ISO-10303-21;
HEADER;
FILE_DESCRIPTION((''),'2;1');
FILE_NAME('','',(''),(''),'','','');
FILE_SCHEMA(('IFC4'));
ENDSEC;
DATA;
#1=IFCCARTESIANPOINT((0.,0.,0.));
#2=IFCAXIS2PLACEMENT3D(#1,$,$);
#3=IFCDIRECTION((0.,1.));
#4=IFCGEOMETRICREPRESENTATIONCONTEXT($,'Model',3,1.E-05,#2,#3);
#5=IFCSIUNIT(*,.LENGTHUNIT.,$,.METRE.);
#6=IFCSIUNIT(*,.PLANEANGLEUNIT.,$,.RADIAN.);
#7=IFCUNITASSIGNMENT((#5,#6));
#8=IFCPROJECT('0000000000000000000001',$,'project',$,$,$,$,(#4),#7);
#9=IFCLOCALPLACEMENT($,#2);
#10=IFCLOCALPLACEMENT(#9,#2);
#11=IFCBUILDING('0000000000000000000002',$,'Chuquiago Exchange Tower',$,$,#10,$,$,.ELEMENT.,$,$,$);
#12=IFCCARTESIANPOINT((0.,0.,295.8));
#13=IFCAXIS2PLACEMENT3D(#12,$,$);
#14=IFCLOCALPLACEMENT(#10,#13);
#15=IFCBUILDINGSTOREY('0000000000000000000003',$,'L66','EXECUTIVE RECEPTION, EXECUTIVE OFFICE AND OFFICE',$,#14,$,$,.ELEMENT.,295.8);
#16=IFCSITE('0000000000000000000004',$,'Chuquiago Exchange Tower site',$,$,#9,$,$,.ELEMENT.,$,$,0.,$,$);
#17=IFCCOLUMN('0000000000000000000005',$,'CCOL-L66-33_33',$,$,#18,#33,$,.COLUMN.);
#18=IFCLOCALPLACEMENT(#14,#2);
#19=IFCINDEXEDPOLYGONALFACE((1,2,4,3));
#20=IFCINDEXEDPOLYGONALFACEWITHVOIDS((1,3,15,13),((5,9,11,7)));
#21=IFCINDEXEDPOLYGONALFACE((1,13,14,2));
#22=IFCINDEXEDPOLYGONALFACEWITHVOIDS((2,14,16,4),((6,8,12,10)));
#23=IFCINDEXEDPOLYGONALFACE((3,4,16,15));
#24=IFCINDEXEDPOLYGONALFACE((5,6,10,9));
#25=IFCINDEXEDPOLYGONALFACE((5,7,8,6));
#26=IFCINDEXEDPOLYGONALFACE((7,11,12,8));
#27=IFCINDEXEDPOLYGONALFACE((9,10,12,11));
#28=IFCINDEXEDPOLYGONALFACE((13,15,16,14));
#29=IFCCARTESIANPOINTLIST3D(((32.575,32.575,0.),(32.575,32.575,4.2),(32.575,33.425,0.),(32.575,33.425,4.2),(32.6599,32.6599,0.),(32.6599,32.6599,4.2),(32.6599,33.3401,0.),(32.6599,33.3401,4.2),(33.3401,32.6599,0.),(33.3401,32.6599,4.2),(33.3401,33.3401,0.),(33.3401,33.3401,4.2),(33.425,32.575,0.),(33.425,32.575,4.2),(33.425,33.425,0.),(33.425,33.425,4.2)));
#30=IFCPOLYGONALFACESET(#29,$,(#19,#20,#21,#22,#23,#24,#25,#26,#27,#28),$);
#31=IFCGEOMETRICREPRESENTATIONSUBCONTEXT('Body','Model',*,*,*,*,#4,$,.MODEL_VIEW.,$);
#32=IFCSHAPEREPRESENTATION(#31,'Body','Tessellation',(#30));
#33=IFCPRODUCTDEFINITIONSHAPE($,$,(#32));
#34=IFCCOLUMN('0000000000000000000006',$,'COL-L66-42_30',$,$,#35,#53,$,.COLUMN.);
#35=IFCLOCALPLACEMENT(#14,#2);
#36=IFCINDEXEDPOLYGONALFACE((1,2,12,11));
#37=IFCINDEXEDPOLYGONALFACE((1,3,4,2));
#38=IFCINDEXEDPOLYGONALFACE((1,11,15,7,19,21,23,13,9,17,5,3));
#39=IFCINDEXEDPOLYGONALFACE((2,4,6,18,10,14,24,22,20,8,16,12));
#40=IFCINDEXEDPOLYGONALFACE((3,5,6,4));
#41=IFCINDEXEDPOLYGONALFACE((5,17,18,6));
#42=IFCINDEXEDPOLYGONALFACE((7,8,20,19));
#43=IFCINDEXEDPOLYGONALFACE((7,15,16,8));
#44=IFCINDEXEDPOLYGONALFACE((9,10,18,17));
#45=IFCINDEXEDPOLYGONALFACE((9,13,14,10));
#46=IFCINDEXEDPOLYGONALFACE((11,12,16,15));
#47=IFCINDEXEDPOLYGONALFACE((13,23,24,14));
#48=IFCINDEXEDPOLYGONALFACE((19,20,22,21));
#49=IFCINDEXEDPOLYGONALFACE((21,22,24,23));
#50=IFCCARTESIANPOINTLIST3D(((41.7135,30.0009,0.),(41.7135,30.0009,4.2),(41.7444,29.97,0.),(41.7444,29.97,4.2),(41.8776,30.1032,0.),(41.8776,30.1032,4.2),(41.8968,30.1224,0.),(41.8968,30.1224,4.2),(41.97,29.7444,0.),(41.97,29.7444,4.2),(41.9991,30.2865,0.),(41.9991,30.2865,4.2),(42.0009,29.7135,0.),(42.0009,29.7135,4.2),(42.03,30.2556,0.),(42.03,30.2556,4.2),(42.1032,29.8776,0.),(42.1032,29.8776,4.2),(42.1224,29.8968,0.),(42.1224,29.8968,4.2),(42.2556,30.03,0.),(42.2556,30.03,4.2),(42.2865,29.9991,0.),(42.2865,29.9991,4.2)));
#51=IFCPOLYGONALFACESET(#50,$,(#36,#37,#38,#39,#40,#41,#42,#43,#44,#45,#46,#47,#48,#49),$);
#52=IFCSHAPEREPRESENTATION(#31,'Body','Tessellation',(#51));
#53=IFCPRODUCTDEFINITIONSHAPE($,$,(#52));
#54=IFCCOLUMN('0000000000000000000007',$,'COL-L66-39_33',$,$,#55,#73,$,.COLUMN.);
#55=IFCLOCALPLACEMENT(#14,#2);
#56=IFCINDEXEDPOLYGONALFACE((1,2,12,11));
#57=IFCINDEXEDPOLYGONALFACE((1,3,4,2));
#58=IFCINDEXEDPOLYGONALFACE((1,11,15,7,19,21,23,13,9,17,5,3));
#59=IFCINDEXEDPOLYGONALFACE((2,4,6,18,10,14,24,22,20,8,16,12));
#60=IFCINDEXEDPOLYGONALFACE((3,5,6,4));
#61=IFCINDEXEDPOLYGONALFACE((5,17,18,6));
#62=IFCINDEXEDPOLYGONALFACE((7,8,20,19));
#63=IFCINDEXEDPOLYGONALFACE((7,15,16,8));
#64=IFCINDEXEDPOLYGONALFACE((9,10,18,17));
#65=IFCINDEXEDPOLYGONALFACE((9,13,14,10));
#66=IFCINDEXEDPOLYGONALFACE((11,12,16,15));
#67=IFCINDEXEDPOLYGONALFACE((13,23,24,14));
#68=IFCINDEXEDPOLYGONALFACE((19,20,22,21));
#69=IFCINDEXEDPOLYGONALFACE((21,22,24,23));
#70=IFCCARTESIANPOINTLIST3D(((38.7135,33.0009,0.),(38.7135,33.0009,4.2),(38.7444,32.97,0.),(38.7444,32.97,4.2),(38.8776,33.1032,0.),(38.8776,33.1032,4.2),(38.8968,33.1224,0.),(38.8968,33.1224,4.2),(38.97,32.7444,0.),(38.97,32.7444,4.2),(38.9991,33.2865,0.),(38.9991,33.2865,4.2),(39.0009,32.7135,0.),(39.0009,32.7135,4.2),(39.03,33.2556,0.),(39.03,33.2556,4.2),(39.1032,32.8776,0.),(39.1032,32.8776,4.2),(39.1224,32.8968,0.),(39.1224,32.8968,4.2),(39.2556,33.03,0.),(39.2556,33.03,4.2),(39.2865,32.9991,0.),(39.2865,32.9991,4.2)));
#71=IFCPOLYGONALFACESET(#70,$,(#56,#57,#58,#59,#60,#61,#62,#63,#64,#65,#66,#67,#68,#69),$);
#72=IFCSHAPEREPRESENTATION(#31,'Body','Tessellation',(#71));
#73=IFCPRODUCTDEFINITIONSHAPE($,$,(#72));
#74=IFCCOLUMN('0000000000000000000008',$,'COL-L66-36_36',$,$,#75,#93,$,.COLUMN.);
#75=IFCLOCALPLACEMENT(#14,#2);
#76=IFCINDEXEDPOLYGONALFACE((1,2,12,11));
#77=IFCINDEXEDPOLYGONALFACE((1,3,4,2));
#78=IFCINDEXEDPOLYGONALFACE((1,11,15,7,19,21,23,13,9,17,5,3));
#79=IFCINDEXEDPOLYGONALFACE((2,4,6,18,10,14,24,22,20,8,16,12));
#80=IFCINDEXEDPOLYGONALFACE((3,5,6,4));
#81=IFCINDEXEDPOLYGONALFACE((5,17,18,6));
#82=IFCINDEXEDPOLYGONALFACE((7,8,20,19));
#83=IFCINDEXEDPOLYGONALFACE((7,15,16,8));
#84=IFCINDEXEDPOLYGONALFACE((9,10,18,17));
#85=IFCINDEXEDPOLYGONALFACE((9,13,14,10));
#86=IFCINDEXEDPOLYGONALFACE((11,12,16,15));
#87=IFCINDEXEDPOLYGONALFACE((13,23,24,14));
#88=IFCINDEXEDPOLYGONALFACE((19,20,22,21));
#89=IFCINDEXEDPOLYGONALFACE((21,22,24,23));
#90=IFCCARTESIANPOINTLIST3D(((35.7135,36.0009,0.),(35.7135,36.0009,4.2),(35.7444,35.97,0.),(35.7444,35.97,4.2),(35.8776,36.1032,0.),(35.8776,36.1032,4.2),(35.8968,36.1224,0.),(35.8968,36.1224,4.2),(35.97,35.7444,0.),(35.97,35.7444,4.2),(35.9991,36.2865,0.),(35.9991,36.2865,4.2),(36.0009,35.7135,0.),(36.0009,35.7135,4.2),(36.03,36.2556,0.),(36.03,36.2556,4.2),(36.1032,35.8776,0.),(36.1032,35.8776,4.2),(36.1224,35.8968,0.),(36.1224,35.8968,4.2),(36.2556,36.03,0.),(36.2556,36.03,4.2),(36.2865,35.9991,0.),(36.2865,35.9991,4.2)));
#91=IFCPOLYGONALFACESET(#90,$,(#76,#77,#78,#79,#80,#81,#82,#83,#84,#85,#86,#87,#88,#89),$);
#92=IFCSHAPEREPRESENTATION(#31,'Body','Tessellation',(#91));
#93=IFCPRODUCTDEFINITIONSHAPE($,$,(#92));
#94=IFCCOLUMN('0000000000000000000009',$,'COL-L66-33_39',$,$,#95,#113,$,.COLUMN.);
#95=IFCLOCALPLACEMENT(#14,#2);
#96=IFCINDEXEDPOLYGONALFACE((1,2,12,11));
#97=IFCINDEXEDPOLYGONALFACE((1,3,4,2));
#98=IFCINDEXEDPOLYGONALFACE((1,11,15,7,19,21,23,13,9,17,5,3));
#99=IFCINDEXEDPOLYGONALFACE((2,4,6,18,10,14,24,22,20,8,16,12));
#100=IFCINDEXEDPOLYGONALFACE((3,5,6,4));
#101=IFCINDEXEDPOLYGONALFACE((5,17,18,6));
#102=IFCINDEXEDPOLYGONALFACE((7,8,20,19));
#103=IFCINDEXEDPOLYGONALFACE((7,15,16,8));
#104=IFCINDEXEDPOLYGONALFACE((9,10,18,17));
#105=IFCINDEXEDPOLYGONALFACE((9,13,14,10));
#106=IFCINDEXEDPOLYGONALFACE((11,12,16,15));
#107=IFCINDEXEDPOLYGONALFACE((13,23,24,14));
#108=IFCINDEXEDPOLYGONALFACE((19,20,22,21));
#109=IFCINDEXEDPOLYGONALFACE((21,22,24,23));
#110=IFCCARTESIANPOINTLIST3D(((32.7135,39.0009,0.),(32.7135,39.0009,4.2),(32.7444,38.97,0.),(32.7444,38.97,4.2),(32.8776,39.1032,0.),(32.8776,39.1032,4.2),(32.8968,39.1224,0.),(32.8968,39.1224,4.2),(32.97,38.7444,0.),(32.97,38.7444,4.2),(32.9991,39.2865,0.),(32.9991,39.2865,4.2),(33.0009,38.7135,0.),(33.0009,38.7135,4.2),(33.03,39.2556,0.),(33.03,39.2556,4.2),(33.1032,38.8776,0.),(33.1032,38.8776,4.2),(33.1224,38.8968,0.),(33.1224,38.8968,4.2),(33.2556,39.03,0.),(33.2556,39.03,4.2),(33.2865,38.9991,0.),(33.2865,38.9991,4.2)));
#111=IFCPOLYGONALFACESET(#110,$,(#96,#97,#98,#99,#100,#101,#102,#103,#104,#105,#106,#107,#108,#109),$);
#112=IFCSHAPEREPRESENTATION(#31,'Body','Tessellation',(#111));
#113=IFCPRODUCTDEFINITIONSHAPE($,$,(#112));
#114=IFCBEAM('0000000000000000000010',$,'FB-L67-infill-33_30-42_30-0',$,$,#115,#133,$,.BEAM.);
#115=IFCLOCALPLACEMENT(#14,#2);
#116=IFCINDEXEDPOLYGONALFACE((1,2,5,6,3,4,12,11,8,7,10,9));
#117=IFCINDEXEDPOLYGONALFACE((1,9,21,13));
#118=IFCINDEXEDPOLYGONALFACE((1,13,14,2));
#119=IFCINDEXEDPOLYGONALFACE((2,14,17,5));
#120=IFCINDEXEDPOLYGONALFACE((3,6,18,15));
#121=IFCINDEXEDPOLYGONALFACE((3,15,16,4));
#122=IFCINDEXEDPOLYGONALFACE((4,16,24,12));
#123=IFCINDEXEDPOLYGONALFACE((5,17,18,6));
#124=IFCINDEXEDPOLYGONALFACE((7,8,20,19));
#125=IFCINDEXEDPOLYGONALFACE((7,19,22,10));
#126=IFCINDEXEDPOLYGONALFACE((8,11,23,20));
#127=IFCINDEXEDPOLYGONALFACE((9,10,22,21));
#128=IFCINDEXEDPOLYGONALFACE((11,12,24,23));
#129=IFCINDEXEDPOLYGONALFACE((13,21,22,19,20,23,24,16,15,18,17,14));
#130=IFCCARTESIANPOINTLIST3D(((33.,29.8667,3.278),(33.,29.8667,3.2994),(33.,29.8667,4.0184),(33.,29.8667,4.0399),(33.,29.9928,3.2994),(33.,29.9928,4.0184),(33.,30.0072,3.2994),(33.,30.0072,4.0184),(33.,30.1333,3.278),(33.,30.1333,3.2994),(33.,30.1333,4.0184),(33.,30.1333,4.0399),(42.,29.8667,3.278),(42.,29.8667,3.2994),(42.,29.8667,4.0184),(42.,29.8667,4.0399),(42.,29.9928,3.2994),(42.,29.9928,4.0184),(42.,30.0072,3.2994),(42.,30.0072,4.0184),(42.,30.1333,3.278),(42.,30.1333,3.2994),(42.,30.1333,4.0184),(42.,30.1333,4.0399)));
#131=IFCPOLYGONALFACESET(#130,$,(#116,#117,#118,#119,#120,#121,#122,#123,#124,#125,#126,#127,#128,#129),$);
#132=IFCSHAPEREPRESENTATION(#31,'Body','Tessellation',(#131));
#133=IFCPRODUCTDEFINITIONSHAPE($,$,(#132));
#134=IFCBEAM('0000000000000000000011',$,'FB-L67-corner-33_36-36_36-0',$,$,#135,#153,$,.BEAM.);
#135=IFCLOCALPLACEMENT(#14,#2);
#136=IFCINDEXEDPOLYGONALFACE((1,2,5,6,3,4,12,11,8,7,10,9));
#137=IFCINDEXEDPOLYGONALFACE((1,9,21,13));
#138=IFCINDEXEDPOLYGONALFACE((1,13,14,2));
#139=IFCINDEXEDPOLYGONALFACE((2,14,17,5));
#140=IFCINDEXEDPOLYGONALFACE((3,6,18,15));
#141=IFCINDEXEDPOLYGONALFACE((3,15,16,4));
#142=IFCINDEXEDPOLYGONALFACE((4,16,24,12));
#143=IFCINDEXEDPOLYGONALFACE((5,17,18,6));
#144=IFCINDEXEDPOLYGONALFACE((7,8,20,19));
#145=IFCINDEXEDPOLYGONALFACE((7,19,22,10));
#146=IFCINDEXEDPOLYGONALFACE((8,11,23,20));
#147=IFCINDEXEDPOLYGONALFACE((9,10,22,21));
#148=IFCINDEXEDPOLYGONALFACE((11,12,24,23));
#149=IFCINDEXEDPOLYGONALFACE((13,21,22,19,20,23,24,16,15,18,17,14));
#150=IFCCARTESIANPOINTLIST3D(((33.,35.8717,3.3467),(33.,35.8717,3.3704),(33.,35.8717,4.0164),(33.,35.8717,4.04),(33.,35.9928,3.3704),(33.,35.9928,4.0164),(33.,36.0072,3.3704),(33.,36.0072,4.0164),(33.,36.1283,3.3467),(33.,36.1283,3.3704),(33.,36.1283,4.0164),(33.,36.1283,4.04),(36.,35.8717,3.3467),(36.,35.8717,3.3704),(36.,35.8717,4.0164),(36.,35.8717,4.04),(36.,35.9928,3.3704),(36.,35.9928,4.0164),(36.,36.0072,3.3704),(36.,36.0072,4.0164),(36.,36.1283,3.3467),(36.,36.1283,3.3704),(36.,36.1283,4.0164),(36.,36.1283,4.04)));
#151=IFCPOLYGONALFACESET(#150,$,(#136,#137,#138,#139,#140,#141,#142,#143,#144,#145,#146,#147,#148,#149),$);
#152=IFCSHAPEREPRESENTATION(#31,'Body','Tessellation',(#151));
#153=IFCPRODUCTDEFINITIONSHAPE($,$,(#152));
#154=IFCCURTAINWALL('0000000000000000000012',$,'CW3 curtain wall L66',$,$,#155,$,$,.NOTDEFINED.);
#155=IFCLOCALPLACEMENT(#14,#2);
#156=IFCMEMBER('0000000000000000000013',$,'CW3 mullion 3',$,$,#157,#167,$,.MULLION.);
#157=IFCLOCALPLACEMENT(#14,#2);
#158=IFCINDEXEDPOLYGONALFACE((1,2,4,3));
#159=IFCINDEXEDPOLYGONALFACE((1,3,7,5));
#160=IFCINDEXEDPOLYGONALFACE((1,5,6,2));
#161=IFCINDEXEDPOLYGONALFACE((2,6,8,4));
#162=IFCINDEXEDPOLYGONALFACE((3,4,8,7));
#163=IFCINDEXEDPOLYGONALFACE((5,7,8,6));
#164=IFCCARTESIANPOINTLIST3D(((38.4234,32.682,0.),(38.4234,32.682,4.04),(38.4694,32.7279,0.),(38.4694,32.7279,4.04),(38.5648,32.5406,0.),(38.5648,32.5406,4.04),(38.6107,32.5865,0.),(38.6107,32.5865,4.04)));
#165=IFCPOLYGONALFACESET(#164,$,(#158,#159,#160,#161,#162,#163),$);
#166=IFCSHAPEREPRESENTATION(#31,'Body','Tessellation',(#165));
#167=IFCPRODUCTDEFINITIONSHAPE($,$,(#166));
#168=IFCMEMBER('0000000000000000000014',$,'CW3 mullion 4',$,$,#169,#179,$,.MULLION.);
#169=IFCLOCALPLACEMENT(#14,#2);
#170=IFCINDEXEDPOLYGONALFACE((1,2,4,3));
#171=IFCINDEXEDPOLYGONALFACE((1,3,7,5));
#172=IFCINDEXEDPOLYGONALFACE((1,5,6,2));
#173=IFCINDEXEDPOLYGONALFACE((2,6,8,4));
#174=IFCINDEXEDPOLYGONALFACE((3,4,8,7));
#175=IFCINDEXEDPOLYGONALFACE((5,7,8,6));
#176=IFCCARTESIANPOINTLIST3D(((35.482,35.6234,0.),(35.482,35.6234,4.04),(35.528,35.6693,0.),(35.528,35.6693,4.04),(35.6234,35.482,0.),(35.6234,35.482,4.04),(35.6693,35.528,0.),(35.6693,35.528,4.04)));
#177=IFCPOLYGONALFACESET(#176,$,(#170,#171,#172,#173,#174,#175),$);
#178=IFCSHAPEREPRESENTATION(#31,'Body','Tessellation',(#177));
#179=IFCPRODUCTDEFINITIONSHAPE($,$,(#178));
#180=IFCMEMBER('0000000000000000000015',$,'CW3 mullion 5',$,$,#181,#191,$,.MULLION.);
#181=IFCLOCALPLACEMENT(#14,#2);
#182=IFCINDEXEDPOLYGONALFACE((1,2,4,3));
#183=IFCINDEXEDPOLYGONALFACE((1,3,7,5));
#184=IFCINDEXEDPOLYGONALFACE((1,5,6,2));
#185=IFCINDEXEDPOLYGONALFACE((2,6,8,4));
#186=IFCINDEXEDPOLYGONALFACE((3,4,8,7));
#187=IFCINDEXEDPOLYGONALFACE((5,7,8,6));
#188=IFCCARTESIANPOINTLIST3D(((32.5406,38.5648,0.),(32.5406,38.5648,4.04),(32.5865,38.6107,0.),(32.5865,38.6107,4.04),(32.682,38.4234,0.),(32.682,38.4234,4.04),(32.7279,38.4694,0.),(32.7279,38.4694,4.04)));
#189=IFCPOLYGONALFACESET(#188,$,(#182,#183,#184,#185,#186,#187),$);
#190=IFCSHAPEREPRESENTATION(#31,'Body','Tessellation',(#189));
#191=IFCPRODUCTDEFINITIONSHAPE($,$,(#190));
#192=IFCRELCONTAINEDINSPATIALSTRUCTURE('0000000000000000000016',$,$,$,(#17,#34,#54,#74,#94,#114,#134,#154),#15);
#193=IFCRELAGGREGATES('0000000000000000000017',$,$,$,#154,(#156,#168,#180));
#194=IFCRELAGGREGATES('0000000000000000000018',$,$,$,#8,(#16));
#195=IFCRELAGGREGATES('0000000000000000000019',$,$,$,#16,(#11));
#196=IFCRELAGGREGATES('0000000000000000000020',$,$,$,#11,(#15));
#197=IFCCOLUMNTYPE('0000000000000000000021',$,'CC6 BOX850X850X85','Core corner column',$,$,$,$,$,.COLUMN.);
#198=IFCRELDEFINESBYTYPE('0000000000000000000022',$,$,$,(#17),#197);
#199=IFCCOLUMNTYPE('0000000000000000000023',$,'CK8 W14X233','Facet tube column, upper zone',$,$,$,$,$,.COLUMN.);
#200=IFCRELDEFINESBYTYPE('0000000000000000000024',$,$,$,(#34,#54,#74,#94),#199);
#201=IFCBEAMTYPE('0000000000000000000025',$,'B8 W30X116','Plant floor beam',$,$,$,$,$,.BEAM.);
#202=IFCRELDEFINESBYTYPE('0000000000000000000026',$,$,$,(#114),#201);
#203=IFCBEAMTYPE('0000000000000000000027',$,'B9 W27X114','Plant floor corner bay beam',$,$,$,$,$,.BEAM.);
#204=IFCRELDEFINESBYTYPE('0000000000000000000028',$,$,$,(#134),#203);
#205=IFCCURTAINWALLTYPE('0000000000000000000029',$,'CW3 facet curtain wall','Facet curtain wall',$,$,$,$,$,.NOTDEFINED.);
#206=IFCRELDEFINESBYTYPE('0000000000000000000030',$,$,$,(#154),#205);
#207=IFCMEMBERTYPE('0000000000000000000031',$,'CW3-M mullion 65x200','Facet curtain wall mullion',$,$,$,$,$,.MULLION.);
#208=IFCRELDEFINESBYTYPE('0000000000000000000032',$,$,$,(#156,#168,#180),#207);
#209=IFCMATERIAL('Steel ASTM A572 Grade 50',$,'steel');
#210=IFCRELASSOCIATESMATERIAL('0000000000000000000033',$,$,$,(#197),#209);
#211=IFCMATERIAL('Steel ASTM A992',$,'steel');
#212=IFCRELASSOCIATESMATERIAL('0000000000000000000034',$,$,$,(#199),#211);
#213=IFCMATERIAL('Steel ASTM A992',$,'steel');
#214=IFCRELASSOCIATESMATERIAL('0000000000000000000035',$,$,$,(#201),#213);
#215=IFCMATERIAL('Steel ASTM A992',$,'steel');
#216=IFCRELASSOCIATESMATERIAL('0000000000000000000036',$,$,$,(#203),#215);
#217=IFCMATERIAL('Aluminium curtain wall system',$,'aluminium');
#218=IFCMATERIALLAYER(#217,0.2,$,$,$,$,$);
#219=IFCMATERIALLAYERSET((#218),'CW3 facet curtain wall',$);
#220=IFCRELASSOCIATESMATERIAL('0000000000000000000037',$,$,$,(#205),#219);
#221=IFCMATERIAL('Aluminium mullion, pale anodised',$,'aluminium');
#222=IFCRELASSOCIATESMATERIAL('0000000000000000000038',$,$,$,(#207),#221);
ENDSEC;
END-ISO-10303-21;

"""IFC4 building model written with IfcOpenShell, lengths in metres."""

from ifc_helpers import new_model, si_unit, direction, frame, origin, origin_2d, place, context, subcontext, project, spatial, rectangle, hollow_rectangle, i_section, extrude, material, layer, layer_set, material_profile, profile_set, type_object, element, aggregate, save


model = new_model("IFC4")

# Units and contexts
model_context = context("Model", 3, precision=1e-05, world=origin(), true_north=direction((0.0, 1.0)))
body_context = subcontext(model_context, "Body", "Model", "MODEL_VIEW")
ifc_project = project(units=[si_unit("LENGTHUNIT", "METRE"), si_unit("PLANEANGLEUNIT", "RADIAN")], contexts=[model_context])

# Site, building, storey
site_placement = place(None, origin())
site = spatial("IfcSite", under=ifc_project, at=site_placement, Name="Chuquiago Exchange Tower site", CompositionType="ELEMENT", RefElevation=0.0)
building_placement = place(site_placement, origin())
building = spatial("IfcBuilding", under=site, at=building_placement, Name="Chuquiago Exchange Tower", CompositionType="ELEMENT")
storey_placement = place(building_placement, frame((0.0, 0.0, 295.8)))
storey = spatial("IfcBuildingStorey", under=building, at=storey_placement, Name="L66", Description="EXECUTIVE RECEPTION, EXECUTIVE OFFICE AND OFFICE", CompositionType="ELEMENT", Elevation=295.8)

# Columns
ifc_material_1 = material(Name="Steel ASTM A572 Grade 50", Category="steel")
ifc_material_profile_1 = material_profile(ifc_material_1, hollow_rectangle(XDim=0.8501, YDim=0.8501, WallThickness=0.085, at=origin_2d()), Name="BOX850X850X85")
ifc_profile_set_1 = profile_set([ifc_material_profile_1], Name="Steel ASTM A572 Grade 50")
column_type_1 = type_object("IfcColumnType", Name="CC6 BOX850X850X85", Description="Core corner column", PredefinedType="COLUMN", material=ifc_profile_set_1)
column_placement = place(storey_placement, frame((33.0, 33.0, 0.0), z_axis=(0.0, 0.0, 1.0), x_axis=(1.0, 0.0, 0.0)))
element("IfcColumn", 1, at=column_placement, inside=storey, type_object=column_type_1, Name="CCOL-L66-33_33", PredefinedType="COLUMN", context=body_context, shape_type="SweptSolid", body=[
    extrude(hollow_rectangle(XDim=0.8501, YDim=0.8501, WallThickness=0.085, at=origin_2d()), origin(), (0.0, 0.0, 1.0), 4.2),
])
ifc_material_2 = material(Name="Steel ASTM A992", Category="steel")
ifc_material_profile_2 = material_profile(ifc_material_2, i_section(OverallWidth=0.4038, OverallDepth=0.4065, WebThickness=0.0271, FlangeThickness=0.0437, at=origin_2d()), Name="W14X233")
ifc_profile_set_2 = profile_set([ifc_material_profile_2], Name="Steel ASTM A992")
column_type_2 = type_object("IfcColumnType", Name="CK8 W14X233", Description="Facet tube column, upper zone", PredefinedType="COLUMN", material=ifc_profile_set_2)
for number, where, z_axis, x_axis, name in (
    (2, (42.0, 30.0, 0.0), (0.0, 0.0, 1.0), (0.707107, 0.707107, 0.0), "COL-L66-42_30"),
    (3, (39.0, 33.0, 0.0), (0.0, 0.0, 1.0), (0.707107, 0.707107, 0.0), "COL-L66-39_33"),
    (4, (36.0, 36.0, 0.0), (0.0, 0.0, 1.0), (0.707107, 0.707107, 0.0), "COL-L66-36_36"),
    (5, (33.0, 39.0, 0.0), (0.0, 0.0, 1.0), (0.707107, 0.707107, 0.0), "COL-L66-33_39"),
):
    element("IfcColumn", number, at=place(storey_placement, frame(where, z_axis=z_axis, x_axis=x_axis)), inside=storey, type_object=column_type_2, Name=name, PredefinedType="COLUMN", context=body_context, shape_type="SweptSolid", body=[
        extrude(i_section(OverallWidth=0.4038, OverallDepth=0.4065, WebThickness=0.0271, FlangeThickness=0.0437, at=origin_2d()), origin(), (0.0, 0.0, 1.0), 4.2),
    ])

# Beams
ifc_material_3 = material(Name="Steel ASTM A992", Category="steel")
ifc_material_profile_3 = material_profile(ifc_material_3, i_section(OverallWidth=0.2666, OverallDepth=0.762, WebThickness=0.0144, FlangeThickness=0.0215, at=origin_2d()), Name="W30X116")
ifc_profile_set_3 = profile_set([ifc_material_profile_3], Name="Steel ASTM A992")
beam_type_1 = type_object("IfcBeamType", Name="B8 W30X116", Description="Plant floor beam", PredefinedType="BEAM", material=ifc_profile_set_3)
beam_1_placement = place(storey_placement, frame((33.0, 30.0, 3.6589), z_axis=(1.0, 0.0, 0.0), x_axis=(0.0, 1.0, 0.0)))
element("IfcBeam", 6, at=beam_1_placement, inside=storey, type_object=beam_type_1, Name="FB-L67-infill-33_30-42_30-0", PredefinedType="BEAM", context=body_context, shape_type="SweptSolid", body=[
    extrude(i_section(OverallWidth=0.2666, OverallDepth=0.762, WebThickness=0.0144, FlangeThickness=0.0215, at=origin_2d()), origin(), (0.0, 0.0, 1.0), 9.0),
])
ifc_material_4 = material(Name="Steel ASTM A992", Category="steel")
ifc_material_profile_4 = material_profile(ifc_material_4, i_section(OverallWidth=0.2566, OverallDepth=0.6934, WebThickness=0.0144, FlangeThickness=0.0237, at=origin_2d()), Name="W27X114")
ifc_profile_set_4 = profile_set([ifc_material_profile_4], Name="Steel ASTM A992")
beam_type_2 = type_object("IfcBeamType", Name="B9 W27X114", Description="Plant floor corner bay beam", PredefinedType="BEAM", material=ifc_profile_set_4)
beam_2_placement = place(storey_placement, frame((33.0, 36.0, 3.6934), z_axis=(1.0, 0.0, 0.0), x_axis=(0.0, 1.0, 0.0)))
element("IfcBeam", 7, at=beam_2_placement, inside=storey, type_object=beam_type_2, Name="FB-L67-corner-33_36-36_36-0", PredefinedType="BEAM", context=body_context, shape_type="SweptSolid", body=[
    extrude(i_section(OverallWidth=0.2566, OverallDepth=0.6934, WebThickness=0.0144, FlangeThickness=0.0237, at=origin_2d()), origin(), (0.0, 0.0, 1.0), 3.0),
])

# Curtain wall, members
ifc_material_5 = material(Name="Aluminium curtain wall system", Category="aluminium")
ifc_layer_1 = layer(ifc_material_5, 0.2)
ifc_layer_set_1 = layer_set([ifc_layer_1], Name="CW3 facet curtain wall")
curtain_wall_type = type_object("IfcCurtainWallType", Name="CW3 facet curtain wall", Description="Facet curtain wall", PredefinedType="NOTDEFINED", material=ifc_layer_set_1)
curtain_wall_placement = place(storey_placement, origin())
curtain_wall = element("IfcCurtainWall", 8, at=curtain_wall_placement, inside=storey, type_object=curtain_wall_type, Name="CW3 curtain wall L66", PredefinedType="NOTDEFINED")
ifc_material_6 = material(Name="Aluminium mullion, pale anodised", Category="aluminium")
ifc_material_profile_5 = material_profile(ifc_material_6, rectangle(XDim=0.0649, YDim=0.2, at=origin_2d()), Name="AL 65x200")
ifc_profile_set_5 = profile_set([ifc_material_profile_5], Name="Aluminium mullion, pale anodised")
member_type_1 = type_object("IfcMemberType", Name="CW3-M mullion 65x200", Description="Facet curtain wall mullion", PredefinedType="MULLION", material=ifc_profile_set_5)
member_1_placement = place(storey_placement, frame((38.5171, 32.6343, 0.0), z_axis=(0.0, 0.0, 1.0), x_axis=(-0.707107, -0.707107, 0.0)))
member_1 = element("IfcMember", 9, at=member_1_placement, type_object=member_type_1, Name="CW3 mullion 3", PredefinedType="MULLION", context=body_context, shape_type="SweptSolid", body=[
    extrude(rectangle(XDim=0.0649, YDim=0.2, at=origin_2d()), origin(), (0.0, 0.0, 1.0), 4.04),
])
member_2_placement = place(storey_placement, frame((35.5757, 35.5757, 0.0), z_axis=(0.0, 0.0, 1.0), x_axis=(-0.707107, -0.707107, 0.0)))
member_2 = element("IfcMember", 10, at=member_2_placement, type_object=member_type_1, Name="CW3 mullion 4", PredefinedType="MULLION", context=body_context, shape_type="SweptSolid", body=[
    extrude(rectangle(XDim=0.0649, YDim=0.2, at=origin_2d()), origin(), (0.0, 0.0, 1.0), 4.04),
])
member_3_placement = place(storey_placement, frame((32.6343, 38.5171, 0.0), z_axis=(0.0, 0.0, 1.0), x_axis=(-0.707107, -0.707107, 0.0)))
member_3 = element("IfcMember", 11, at=member_3_placement, type_object=member_type_1, Name="CW3 mullion 5", PredefinedType="MULLION", context=body_context, shape_type="SweptSolid", body=[
    extrude(rectangle(XDim=0.0649, YDim=0.2, at=origin_2d()), origin(), (0.0, 0.0, 1.0), 4.04),
])

aggregate(curtain_wall, [member_1, member_2, member_3])

save(model, "model.ifc")
